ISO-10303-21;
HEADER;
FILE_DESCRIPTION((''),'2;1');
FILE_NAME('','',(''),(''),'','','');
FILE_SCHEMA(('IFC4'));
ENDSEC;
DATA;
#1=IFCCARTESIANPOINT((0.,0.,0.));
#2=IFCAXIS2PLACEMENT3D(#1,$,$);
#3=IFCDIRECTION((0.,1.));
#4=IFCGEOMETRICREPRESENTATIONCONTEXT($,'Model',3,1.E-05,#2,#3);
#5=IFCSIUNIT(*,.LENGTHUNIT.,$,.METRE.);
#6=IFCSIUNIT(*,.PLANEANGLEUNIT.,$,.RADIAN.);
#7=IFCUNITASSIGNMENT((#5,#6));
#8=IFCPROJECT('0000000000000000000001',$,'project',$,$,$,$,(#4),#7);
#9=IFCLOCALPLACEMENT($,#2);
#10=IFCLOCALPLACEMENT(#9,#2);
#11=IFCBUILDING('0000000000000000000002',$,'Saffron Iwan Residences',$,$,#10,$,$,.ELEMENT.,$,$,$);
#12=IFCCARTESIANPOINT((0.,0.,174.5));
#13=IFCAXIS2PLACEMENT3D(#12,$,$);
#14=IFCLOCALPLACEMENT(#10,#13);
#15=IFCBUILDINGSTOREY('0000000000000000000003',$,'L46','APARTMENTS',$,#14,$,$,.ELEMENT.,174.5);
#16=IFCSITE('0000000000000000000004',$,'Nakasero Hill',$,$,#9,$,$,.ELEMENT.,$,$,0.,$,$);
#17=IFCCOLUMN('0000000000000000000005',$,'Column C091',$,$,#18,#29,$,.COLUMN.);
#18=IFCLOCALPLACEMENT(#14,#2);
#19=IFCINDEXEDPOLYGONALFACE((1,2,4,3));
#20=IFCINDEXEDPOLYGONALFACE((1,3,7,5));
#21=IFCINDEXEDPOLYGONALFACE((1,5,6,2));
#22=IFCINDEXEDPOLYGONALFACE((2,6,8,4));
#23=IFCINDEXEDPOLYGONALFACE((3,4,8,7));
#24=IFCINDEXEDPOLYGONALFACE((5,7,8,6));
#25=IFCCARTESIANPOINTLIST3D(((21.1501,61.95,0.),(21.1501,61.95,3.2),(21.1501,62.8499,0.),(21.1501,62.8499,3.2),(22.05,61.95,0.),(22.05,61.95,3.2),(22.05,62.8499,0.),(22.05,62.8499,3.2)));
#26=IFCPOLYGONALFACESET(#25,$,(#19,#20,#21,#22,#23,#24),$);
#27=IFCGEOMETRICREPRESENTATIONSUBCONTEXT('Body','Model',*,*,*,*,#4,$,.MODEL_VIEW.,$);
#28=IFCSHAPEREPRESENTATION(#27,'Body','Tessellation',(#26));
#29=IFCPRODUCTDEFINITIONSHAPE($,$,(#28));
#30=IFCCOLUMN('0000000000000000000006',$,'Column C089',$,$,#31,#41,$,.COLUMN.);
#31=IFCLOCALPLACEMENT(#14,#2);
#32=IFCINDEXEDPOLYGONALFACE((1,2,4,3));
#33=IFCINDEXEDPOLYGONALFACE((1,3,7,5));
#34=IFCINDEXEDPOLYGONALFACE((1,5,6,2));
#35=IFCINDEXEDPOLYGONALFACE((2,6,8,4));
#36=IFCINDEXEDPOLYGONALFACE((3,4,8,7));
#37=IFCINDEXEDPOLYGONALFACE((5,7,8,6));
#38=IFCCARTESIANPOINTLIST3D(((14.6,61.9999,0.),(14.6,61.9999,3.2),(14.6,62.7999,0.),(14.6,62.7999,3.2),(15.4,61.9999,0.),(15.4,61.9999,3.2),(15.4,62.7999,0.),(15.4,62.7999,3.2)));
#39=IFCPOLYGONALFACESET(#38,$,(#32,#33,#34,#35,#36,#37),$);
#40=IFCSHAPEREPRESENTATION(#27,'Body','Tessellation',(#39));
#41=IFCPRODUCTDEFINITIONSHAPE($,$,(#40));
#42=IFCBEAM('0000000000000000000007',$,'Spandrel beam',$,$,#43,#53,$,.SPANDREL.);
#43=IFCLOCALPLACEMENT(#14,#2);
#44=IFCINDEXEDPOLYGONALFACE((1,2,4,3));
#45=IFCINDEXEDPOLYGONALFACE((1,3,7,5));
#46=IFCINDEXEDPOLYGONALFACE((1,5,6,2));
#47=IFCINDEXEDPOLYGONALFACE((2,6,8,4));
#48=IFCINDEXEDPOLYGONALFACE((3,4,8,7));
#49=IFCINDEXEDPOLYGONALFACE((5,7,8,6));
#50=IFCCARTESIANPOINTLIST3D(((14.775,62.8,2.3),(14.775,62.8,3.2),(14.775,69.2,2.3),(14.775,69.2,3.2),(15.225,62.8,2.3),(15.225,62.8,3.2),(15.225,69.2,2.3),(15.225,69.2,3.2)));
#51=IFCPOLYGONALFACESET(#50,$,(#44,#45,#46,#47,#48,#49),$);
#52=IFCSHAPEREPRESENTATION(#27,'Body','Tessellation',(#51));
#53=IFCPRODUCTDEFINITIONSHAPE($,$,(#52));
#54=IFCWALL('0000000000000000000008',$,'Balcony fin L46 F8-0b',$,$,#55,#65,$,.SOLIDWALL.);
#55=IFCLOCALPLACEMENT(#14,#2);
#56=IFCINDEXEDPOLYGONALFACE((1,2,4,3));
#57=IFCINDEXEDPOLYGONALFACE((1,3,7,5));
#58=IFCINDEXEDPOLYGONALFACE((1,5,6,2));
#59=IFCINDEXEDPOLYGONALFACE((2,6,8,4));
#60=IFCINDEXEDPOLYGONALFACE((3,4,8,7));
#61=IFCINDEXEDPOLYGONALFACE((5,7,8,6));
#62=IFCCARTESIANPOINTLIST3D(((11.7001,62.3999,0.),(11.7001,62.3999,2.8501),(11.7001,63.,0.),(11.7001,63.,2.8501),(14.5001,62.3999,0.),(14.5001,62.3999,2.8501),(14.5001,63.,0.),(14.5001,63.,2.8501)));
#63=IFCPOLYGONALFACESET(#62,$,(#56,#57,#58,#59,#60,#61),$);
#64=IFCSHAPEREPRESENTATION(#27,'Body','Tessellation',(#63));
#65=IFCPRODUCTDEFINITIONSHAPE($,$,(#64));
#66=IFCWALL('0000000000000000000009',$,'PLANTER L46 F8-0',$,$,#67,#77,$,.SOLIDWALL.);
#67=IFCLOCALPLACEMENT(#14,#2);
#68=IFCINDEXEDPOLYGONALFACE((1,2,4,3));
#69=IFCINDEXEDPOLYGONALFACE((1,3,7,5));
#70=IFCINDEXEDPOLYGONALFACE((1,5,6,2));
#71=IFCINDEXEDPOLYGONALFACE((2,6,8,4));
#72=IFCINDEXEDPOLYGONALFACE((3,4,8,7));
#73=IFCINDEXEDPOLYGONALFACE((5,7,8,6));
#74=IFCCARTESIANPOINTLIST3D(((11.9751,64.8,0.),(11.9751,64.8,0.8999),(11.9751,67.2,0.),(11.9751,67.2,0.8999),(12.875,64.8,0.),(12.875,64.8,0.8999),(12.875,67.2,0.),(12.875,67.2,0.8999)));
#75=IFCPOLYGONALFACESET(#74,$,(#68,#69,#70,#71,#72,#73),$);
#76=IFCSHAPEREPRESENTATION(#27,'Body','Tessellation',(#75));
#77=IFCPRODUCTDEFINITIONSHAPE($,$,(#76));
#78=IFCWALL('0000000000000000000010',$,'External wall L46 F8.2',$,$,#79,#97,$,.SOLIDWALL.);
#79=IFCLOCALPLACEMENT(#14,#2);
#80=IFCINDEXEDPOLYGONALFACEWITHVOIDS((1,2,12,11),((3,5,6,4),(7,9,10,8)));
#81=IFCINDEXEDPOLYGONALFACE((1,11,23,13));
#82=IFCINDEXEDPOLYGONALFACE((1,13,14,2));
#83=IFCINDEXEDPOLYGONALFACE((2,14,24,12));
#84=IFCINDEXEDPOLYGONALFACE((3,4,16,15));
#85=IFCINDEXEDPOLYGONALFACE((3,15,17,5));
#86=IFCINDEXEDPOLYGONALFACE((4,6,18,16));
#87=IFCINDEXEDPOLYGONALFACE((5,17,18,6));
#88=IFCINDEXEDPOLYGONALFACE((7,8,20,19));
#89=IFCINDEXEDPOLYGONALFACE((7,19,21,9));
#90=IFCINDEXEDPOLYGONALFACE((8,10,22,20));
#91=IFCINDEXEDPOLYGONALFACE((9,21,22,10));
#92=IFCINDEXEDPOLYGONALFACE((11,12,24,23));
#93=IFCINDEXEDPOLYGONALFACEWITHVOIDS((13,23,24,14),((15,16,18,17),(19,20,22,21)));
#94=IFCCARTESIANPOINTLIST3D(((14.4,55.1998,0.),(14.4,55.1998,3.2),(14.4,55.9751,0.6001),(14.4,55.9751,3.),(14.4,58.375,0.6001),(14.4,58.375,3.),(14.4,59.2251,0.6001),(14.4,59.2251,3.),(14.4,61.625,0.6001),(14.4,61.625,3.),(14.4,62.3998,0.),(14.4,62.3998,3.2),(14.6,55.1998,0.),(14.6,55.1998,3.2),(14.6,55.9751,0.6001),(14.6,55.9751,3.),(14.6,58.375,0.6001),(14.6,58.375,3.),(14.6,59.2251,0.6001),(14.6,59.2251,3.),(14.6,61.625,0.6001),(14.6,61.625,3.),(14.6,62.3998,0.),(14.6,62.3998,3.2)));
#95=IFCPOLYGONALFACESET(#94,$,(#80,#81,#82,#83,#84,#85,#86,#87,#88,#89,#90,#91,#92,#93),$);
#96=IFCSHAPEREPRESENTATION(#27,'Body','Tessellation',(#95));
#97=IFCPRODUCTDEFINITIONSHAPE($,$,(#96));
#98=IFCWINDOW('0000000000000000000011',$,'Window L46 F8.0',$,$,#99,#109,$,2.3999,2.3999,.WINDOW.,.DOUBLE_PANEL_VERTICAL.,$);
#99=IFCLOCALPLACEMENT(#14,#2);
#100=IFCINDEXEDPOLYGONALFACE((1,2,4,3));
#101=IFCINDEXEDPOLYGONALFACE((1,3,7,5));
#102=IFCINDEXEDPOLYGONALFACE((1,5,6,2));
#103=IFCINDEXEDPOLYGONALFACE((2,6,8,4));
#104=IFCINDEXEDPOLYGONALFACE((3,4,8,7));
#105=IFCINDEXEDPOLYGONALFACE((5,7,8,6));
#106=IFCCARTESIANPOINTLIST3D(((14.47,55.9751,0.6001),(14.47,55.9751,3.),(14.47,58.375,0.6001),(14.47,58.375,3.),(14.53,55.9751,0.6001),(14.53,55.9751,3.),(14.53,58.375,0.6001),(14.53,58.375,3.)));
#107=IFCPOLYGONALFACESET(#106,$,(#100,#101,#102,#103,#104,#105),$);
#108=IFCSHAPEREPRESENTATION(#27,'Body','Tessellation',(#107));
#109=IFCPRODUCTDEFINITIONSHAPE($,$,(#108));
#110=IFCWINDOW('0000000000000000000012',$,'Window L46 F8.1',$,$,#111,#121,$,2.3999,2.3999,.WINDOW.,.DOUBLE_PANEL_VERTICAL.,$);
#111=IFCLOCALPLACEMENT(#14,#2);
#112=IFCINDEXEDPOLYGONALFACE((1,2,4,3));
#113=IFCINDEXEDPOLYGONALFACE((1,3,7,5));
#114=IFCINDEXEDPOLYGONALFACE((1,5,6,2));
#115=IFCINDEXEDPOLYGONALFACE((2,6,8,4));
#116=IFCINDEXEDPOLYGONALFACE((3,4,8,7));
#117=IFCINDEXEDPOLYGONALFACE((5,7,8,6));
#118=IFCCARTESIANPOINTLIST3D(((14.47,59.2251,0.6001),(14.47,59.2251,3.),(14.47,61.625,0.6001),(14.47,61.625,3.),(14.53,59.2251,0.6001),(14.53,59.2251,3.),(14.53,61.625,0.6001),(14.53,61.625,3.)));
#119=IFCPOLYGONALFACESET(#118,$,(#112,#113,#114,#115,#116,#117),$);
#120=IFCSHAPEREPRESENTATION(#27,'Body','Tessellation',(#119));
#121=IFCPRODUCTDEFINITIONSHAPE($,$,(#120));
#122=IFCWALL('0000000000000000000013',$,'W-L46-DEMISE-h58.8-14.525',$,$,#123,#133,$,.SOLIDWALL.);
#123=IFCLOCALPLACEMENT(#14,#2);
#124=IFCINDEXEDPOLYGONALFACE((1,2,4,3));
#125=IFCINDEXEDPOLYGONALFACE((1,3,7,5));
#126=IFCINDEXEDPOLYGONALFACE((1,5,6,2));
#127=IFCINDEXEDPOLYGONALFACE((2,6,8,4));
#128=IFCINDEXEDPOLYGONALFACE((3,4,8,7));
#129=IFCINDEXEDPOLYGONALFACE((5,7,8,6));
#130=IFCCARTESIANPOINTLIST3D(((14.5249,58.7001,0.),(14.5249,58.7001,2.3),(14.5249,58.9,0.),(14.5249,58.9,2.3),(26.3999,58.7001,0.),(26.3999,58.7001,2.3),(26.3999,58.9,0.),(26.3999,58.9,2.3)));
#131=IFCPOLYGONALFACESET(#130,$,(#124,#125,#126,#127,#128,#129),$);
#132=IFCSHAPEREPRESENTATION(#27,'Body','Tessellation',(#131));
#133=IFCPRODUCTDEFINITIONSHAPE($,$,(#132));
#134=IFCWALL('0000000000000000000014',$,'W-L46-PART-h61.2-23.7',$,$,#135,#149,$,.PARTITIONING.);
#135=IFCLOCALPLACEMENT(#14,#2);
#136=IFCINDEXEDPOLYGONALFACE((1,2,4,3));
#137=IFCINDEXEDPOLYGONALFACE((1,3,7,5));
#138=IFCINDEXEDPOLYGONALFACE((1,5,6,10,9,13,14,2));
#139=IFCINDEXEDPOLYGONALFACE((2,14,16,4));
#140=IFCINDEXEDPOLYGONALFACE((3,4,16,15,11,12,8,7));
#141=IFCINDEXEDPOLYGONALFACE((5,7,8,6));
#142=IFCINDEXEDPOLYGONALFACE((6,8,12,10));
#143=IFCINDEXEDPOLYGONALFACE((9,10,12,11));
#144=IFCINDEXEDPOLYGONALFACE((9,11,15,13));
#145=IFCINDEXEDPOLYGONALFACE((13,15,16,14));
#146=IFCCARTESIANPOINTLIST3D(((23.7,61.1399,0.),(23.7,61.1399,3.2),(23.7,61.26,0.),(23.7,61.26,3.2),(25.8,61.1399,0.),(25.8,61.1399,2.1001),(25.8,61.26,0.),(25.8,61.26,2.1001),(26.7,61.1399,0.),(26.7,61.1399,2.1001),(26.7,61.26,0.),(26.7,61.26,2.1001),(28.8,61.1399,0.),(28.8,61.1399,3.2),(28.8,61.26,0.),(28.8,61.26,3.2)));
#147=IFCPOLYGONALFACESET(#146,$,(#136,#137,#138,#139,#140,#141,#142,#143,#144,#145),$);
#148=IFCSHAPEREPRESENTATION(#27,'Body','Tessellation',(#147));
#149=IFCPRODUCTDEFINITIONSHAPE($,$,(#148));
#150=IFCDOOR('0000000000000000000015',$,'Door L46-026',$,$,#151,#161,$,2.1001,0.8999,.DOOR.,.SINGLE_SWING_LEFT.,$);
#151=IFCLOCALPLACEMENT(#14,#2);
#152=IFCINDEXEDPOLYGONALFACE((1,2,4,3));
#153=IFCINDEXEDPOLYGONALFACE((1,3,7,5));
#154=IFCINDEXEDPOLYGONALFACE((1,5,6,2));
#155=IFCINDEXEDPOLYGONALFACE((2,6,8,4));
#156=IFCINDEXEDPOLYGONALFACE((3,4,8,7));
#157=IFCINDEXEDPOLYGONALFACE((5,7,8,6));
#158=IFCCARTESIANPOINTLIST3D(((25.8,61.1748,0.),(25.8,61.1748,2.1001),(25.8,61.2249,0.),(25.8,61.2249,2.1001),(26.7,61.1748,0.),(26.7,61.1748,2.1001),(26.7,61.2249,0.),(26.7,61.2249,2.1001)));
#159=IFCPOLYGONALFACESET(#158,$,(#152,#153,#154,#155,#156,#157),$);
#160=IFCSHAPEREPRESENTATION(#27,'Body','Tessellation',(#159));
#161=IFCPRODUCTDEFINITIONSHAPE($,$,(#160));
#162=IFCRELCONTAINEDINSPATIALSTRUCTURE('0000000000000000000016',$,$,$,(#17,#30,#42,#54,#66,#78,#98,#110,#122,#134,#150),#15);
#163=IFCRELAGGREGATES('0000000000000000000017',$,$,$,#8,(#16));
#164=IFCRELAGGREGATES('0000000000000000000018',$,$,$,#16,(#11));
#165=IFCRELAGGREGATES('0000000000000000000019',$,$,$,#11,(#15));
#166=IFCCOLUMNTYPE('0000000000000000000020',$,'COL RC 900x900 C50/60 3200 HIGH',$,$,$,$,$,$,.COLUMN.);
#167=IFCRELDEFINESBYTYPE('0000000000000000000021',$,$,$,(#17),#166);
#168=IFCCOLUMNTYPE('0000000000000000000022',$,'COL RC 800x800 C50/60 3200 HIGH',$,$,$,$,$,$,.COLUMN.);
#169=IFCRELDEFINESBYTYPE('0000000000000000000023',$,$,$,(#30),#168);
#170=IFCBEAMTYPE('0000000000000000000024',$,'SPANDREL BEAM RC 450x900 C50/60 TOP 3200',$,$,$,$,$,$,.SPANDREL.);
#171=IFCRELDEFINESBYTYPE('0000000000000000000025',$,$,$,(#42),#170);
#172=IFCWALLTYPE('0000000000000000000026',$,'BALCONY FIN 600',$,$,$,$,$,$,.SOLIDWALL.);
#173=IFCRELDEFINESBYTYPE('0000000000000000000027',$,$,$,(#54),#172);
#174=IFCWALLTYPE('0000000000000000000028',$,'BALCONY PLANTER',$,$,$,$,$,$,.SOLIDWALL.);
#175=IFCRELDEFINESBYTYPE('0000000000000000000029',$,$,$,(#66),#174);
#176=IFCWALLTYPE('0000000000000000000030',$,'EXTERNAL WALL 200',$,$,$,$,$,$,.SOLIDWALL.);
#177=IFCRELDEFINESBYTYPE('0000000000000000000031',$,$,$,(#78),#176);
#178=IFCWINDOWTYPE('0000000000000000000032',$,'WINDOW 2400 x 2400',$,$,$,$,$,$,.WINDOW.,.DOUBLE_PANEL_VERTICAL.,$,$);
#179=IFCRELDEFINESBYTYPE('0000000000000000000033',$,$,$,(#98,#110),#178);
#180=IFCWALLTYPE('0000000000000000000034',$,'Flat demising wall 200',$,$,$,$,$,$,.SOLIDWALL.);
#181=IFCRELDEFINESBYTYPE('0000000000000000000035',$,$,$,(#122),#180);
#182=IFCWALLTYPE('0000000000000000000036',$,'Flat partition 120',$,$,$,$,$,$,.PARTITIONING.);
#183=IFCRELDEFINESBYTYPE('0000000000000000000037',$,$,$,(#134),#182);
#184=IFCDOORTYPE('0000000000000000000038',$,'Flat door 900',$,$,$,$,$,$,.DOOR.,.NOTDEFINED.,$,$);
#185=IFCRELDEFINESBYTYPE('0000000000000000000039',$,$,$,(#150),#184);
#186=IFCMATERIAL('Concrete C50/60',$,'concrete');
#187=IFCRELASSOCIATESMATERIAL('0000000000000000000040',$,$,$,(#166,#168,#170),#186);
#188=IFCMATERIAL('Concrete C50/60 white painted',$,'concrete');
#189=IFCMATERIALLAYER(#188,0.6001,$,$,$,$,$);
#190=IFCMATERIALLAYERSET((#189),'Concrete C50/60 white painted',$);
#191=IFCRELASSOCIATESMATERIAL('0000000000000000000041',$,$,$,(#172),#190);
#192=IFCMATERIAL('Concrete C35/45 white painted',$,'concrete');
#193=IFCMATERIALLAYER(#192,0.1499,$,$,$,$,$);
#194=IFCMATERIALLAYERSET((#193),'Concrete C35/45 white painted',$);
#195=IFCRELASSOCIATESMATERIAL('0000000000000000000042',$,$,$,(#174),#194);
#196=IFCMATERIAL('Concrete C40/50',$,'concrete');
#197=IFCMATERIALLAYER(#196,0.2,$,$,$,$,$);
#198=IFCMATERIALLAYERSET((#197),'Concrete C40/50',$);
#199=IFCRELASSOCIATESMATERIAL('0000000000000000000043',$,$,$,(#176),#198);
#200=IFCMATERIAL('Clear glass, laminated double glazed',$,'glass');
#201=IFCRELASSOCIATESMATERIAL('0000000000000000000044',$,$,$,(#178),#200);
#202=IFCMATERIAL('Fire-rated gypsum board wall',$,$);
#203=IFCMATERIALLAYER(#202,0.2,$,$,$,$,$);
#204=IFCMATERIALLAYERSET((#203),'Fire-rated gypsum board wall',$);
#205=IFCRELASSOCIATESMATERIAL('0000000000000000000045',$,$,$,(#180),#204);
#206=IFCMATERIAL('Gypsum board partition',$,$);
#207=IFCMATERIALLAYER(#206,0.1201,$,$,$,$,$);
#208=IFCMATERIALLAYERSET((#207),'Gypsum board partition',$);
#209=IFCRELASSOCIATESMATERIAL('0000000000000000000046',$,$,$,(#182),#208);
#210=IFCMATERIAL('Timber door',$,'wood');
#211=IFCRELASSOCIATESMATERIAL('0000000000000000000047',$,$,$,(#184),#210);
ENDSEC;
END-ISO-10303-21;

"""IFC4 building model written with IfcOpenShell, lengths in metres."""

from ifc_helpers import new_model, si_unit, direction, frame, frame_2d, origin, origin_2d, place, context, subcontext, project, spatial, rectangle, extrude, source, transform, mapped, material, layer, layer_set, material_profile, profile_set, type_object, element, fill, save


model = new_model("IFC4")

# Units and contexts
model_context = context("Model", 3, precision=1e-05, world=origin(), true_north=direction((0.0, 1.0)))
body_context = subcontext(model_context, "Body", "Model", "MODEL_VIEW")
ifc_project = project(units=[si_unit("LENGTHUNIT", "METRE"), si_unit("PLANEANGLEUNIT", "RADIAN")], contexts=[model_context])

# Site, building, storey
site_placement = place(None, origin())
site = spatial("IfcSite", under=ifc_project, at=site_placement, Name="Nakasero Hill", CompositionType="ELEMENT", RefElevation=0.0)
building_placement = place(site_placement, origin())
building = spatial("IfcBuilding", under=site, at=building_placement, Name="Saffron Iwan Residences", CompositionType="ELEMENT")
storey_placement = place(building_placement, frame((0.0, 0.0, 174.5)))
storey = spatial("IfcBuildingStorey", under=building, at=storey_placement, Name="L46", Description="APARTMENTS", CompositionType="ELEMENT", Elevation=174.5)

# Columns
ifc_material_1 = material(Name="Concrete C50/60", Category="concrete")
ifc_material_profile_1 = material_profile(ifc_material_1, rectangle(XDim=0.8999, YDim=0.8999, at=origin_2d()), Name="RC 900x900")
ifc_profile_set_1 = profile_set([ifc_material_profile_1], Name="Concrete C50/60")
column_type_1 = type_object("IfcColumnType", Name="COL RC 900x900 C50/60 3200 HIGH", PredefinedType="COLUMN", material=ifc_profile_set_1)
shared_shape_1 = source(origin(), body_context, "Body", "SweptSolid", [
    extrude(rectangle(XDim=0.8999, YDim=0.8999, at=origin_2d()), origin(), (0.0, 0.0, 1.0), 3.2),
])
column_1_placement = place(storey_placement, frame((21.6001, 62.3999, 0.0), z_axis=(0.0, 0.0, 1.0), x_axis=(1.0, 0.0, 0.0)))
element("IfcColumn", 1, at=column_1_placement, inside=storey, type_object=column_type_1, Name="Column C091", PredefinedType="COLUMN", context=body_context, shape_type="MappedRepresentation", body=[
    mapped(shared_shape_1, transform((0.0, 0.0, 0.0))),
])
ifc_material_profile_2 = material_profile(ifc_material_1, rectangle(XDim=0.8, YDim=0.8, at=origin_2d()), Name="RC 800x800")
ifc_profile_set_2 = profile_set([ifc_material_profile_2], Name="Concrete C50/60")
column_type_2 = type_object("IfcColumnType", Name="COL RC 800x800 C50/60 3200 HIGH", PredefinedType="COLUMN", material=ifc_profile_set_2)
shared_shape_2 = source(origin(), body_context, "Body", "SweptSolid", [
    extrude(rectangle(XDim=0.8, YDim=0.8, at=origin_2d()), origin(), (0.0, 0.0, 1.0), 3.2),
])
column_2_placement = place(storey_placement, frame((15.0, 62.3999, 0.0), z_axis=(0.0, 0.0, 1.0), x_axis=(1.0, 0.0, 0.0)))
element("IfcColumn", 2, at=column_2_placement, inside=storey, type_object=column_type_2, Name="Column C089", PredefinedType="COLUMN", context=body_context, shape_type="MappedRepresentation", body=[
    mapped(shared_shape_2, transform((0.0, 0.0, 0.0))),
])

# Beam
ifc_material_profile_3 = material_profile(ifc_material_1, rectangle(XDim=0.45, YDim=0.8999, at=origin_2d()), Name="RC 450x900")
ifc_profile_set_3 = profile_set([ifc_material_profile_3], Name="Concrete C50/60")
beam_type = type_object("IfcBeamType", Name="SPANDREL BEAM RC 450x900 C50/60 TOP 3200", PredefinedType="SPANDREL", material=ifc_profile_set_3)
shared_shape_3 = source(origin(), body_context, "Body", "SweptSolid", [
    extrude(rectangle(XDim=0.45, YDim=0.8999, at=origin_2d()), origin(), (0.0, 0.0, 1.0), 6.3999),
])
beam_placement = place(storey_placement, frame((15.0, 62.8, 2.75), z_axis=(0.0, 1.0, 0.0), x_axis=(-1.0, 0.0, 0.0)))
element("IfcBeam", 3, at=beam_placement, inside=storey, type_object=beam_type, Name="Spandrel beam", PredefinedType="SPANDREL", context=body_context, shape_type="MappedRepresentation", body=[
    mapped(shared_shape_3, transform((0.0, 0.0, 0.0))),
])

# Walls
ifc_material_2 = material(Name="Concrete C50/60 white painted", Category="concrete")
ifc_layer_1 = layer(ifc_material_2, 0.6001)
ifc_layer_set_1 = layer_set([ifc_layer_1], Name="Concrete C50/60 white painted")
wall_type_1 = type_object("IfcWallType", Name="BALCONY FIN 600", PredefinedType="SOLIDWALL", material=ifc_layer_set_1)
wall_1_placement = place(storey_placement, frame((14.5, 62.7, 0.0), z_axis=(0.0, 0.0, 1.0), x_axis=(-1.0, 0.0, 0.0)))
element("IfcWall", 4, at=wall_1_placement, inside=storey, type_object=wall_type_1, Name="Balcony fin L46 F8-0b", PredefinedType="SOLIDWALL", context=body_context, shape_type="SweptSolid", body=[
    extrude(rectangle(XDim=2.8, YDim=0.6001, at=frame_2d((1.3999, 0.0))), origin(), (0.0, 0.0, 1.0), 2.8501),
])
ifc_material_3 = material(Name="Concrete C35/45 white painted", Category="concrete")
ifc_layer_2 = layer(ifc_material_3, 0.1499)
ifc_layer_set_2 = layer_set([ifc_layer_2], Name="Concrete C35/45 white painted")
wall_type_2 = type_object("IfcWallType", Name="BALCONY PLANTER", PredefinedType="SOLIDWALL", material=ifc_layer_set_2)
wall_2_placement = place(storey_placement, frame((12.425, 67.2, 0.0), z_axis=(0.0, 0.0, 1.0), x_axis=(0.0, -1.0, 0.0)))
element("IfcWall", 5, at=wall_2_placement, inside=storey, type_object=wall_type_2, Name="PLANTER L46 F8-0", PredefinedType="SOLIDWALL", context=body_context, shape_type="SweptSolid", body=[
    extrude(rectangle(XDim=2.3999, YDim=0.8999, at=frame_2d((1.2, 0.0))), origin(), (0.0, 0.0, 1.0), 0.8999),
])

# Wall, openings, windows
ifc_material_4 = material(Name="Concrete C40/50", Category="concrete")
ifc_layer_3 = layer(ifc_material_4, 0.2)
ifc_layer_set_3 = layer_set([ifc_layer_3], Name="Concrete C40/50")
wall_type_3 = type_object("IfcWallType", Name="EXTERNAL WALL 200", PredefinedType="SOLIDWALL", material=ifc_layer_set_3)
wall_3_placement = place(storey_placement, frame((14.5, 62.3999, 0.0), z_axis=(0.0, 0.0, 1.0), x_axis=(0.0, -1.0, 0.0)))
wall_3 = element("IfcWall", 6, at=wall_3_placement, inside=storey, type_object=wall_type_3, Name="External wall L46 F8.2", PredefinedType="SOLIDWALL", context=body_context, shape_type="SweptSolid", body=[
    extrude(rectangle(XDim=7.2, YDim=0.2, at=frame_2d((3.6001, 0.0))), origin(), (0.0, 0.0, 1.0), 3.2),
])
opening_1_placement = place(wall_3_placement, frame((4.0249, 0.0, 0.6001)))
opening_1 = element("IfcOpeningElement", 7, at=opening_1_placement, cuts=wall_3, PredefinedType="OPENING", context=body_context, shape_type="SweptSolid", body=[
    extrude(rectangle(XDim=2.3999, YDim=2.3999, at=frame_2d((1.2, 1.2))), frame((0.0, 0.1099, 0.0), z_axis=(0.0, -1.0, 0.0), x_axis=(1.0, 0.0, 0.0)), (0.0, 0.0, 1.0), 0.22),
])
opening_2_placement = place(wall_3_placement, frame((0.7749, 0.0, 0.6001)))
opening_2 = element("IfcOpeningElement", 8, at=opening_2_placement, cuts=wall_3, PredefinedType="OPENING", context=body_context, shape_type="SweptSolid", body=[
    extrude(rectangle(XDim=2.3999, YDim=2.3999, at=frame_2d((1.2, 1.2))), frame((0.0, 0.1099, 0.0), z_axis=(0.0, -1.0, 0.0), x_axis=(1.0, 0.0, 0.0)), (0.0, 0.0, 1.0), 0.22),
])
ifc_material_5 = material(Name="Clear glass, laminated double glazed", Category="glass")
window_type = type_object("IfcWindowType", Name="WINDOW 2400 x 2400", PartitioningType="DOUBLE_PANEL_VERTICAL", PredefinedType="WINDOW", material=ifc_material_5)
window_1_placement = place(opening_1_placement, origin())
window_1 = element("IfcWindow", 9, at=window_1_placement, inside=storey, type_object=window_type, Name="Window L46 F8.0", OverallHeight=2.3999, OverallWidth=2.3999, PartitioningType="DOUBLE_PANEL_VERTICAL", PredefinedType="WINDOW", context=body_context, shape_type="SweptSolid", body=[
    extrude(rectangle(XDim=2.3999, YDim=2.3999, at=frame_2d((1.2, 1.2))), frame((0.0, 0.03, 0.0), z_axis=(0.0, -1.0, 0.0), x_axis=(1.0, 0.0, 0.0)), (0.0, 0.0, 1.0), 0.0601),
])
fill(opening_1, window_1)
window_2_placement = place(opening_2_placement, origin())
window_2 = element("IfcWindow", 10, at=window_2_placement, inside=storey, type_object=window_type, Name="Window L46 F8.1", OverallHeight=2.3999, OverallWidth=2.3999, PartitioningType="DOUBLE_PANEL_VERTICAL", PredefinedType="WINDOW", context=body_context, shape_type="SweptSolid", body=[
    extrude(rectangle(XDim=2.3999, YDim=2.3999, at=frame_2d((1.2, 1.2))), frame((0.0, 0.03, 0.0), z_axis=(0.0, -1.0, 0.0), x_axis=(1.0, 0.0, 0.0)), (0.0, 0.0, 1.0), 0.0601),
])
fill(opening_2, window_2)

# Wall
ifc_material_6 = material(Name="Fire-rated gypsum board wall")
ifc_layer_4 = layer(ifc_material_6, 0.2)
ifc_layer_set_4 = layer_set([ifc_layer_4], Name="Fire-rated gypsum board wall")
wall_type_4 = type_object("IfcWallType", Name="Flat demising wall 200", PredefinedType="SOLIDWALL", material=ifc_layer_set_4)
wall_4_placement = place(storey_placement, frame((14.5249, 58.8, 0.0), z_axis=(0.0, 0.0, 1.0), x_axis=(1.0, 0.0, 0.0)))
element("IfcWall", 11, at=wall_4_placement, inside=storey, type_object=wall_type_4, Name="W-L46-DEMISE-h58.8-14.525", PredefinedType="SOLIDWALL", context=body_context, shape_type="SweptSolid", body=[
    extrude(rectangle(XDim=11.875, YDim=0.2, at=frame_2d((5.9375, 0.0))), origin(), (0.0, 0.0, 1.0), 2.3),
])

# Wall, opening, door
ifc_material_7 = material(Name="Gypsum board partition")
ifc_layer_5 = layer(ifc_material_7, 0.1201)
ifc_layer_set_5 = layer_set([ifc_layer_5], Name="Gypsum board partition")
wall_type_5 = type_object("IfcWallType", Name="Flat partition 120", PredefinedType="PARTITIONING", material=ifc_layer_set_5)
wall_5_placement = place(storey_placement, frame((23.7, 61.2, 0.0), z_axis=(0.0, 0.0, 1.0), x_axis=(1.0, 0.0, 0.0)))
wall_5 = element("IfcWall", 12, at=wall_5_placement, inside=storey, type_object=wall_type_5, Name="W-L46-PART-h61.2-23.7", PredefinedType="PARTITIONING", context=body_context, shape_type="SweptSolid", body=[
    extrude(rectangle(XDim=5.1001, YDim=0.1201, at=frame_2d((2.55, 0.0))), origin(), (0.0, 0.0, 1.0), 3.2),
])
opening_3_placement = place(wall_5_placement, frame((2.1001, 0.0, 0.0)))
opening_3 = element("IfcOpeningElement", 13, at=opening_3_placement, cuts=wall_5, PredefinedType="OPENING", context=body_context, shape_type="SweptSolid", body=[
    extrude(rectangle(XDim=0.8999, YDim=2.1001, at=frame_2d((0.45, 1.05))), frame((0.0, 0.0701, 0.0), z_axis=(0.0, -1.0, 0.0), x_axis=(1.0, 0.0, 0.0)), (0.0, 0.0, 1.0), 0.1401),
])
ifc_material_8 = material(Name="Timber door", Category="wood")
door_type_1 = type_object("IfcDoorType", Name="Flat door 900", OperationType="NOTDEFINED", PredefinedType="DOOR", material=ifc_material_8)
door_1_placement = place(opening_3_placement, origin())
door_1 = element("IfcDoor", 14, at=door_1_placement, inside=storey, type_object=door_type_1, Name="Door L46-026", OperationType="SINGLE_SWING_LEFT", OverallHeight=2.1001, OverallWidth=0.8999, PredefinedType="DOOR", context=body_context, shape_type="SweptSolid", body=[
    extrude(rectangle(XDim=0.8999, YDim=2.1001, at=frame_2d((0.45, 1.05))), frame((0.0, 0.0249, 0.0), z_axis=(0.0, -1.0, 0.0), x_axis=(1.0, 0.0, 0.0)), (0.0, 0.0, 1.0), 0.05),
])
fill(opening_3, door_1)

save(model, "model.ifc")
